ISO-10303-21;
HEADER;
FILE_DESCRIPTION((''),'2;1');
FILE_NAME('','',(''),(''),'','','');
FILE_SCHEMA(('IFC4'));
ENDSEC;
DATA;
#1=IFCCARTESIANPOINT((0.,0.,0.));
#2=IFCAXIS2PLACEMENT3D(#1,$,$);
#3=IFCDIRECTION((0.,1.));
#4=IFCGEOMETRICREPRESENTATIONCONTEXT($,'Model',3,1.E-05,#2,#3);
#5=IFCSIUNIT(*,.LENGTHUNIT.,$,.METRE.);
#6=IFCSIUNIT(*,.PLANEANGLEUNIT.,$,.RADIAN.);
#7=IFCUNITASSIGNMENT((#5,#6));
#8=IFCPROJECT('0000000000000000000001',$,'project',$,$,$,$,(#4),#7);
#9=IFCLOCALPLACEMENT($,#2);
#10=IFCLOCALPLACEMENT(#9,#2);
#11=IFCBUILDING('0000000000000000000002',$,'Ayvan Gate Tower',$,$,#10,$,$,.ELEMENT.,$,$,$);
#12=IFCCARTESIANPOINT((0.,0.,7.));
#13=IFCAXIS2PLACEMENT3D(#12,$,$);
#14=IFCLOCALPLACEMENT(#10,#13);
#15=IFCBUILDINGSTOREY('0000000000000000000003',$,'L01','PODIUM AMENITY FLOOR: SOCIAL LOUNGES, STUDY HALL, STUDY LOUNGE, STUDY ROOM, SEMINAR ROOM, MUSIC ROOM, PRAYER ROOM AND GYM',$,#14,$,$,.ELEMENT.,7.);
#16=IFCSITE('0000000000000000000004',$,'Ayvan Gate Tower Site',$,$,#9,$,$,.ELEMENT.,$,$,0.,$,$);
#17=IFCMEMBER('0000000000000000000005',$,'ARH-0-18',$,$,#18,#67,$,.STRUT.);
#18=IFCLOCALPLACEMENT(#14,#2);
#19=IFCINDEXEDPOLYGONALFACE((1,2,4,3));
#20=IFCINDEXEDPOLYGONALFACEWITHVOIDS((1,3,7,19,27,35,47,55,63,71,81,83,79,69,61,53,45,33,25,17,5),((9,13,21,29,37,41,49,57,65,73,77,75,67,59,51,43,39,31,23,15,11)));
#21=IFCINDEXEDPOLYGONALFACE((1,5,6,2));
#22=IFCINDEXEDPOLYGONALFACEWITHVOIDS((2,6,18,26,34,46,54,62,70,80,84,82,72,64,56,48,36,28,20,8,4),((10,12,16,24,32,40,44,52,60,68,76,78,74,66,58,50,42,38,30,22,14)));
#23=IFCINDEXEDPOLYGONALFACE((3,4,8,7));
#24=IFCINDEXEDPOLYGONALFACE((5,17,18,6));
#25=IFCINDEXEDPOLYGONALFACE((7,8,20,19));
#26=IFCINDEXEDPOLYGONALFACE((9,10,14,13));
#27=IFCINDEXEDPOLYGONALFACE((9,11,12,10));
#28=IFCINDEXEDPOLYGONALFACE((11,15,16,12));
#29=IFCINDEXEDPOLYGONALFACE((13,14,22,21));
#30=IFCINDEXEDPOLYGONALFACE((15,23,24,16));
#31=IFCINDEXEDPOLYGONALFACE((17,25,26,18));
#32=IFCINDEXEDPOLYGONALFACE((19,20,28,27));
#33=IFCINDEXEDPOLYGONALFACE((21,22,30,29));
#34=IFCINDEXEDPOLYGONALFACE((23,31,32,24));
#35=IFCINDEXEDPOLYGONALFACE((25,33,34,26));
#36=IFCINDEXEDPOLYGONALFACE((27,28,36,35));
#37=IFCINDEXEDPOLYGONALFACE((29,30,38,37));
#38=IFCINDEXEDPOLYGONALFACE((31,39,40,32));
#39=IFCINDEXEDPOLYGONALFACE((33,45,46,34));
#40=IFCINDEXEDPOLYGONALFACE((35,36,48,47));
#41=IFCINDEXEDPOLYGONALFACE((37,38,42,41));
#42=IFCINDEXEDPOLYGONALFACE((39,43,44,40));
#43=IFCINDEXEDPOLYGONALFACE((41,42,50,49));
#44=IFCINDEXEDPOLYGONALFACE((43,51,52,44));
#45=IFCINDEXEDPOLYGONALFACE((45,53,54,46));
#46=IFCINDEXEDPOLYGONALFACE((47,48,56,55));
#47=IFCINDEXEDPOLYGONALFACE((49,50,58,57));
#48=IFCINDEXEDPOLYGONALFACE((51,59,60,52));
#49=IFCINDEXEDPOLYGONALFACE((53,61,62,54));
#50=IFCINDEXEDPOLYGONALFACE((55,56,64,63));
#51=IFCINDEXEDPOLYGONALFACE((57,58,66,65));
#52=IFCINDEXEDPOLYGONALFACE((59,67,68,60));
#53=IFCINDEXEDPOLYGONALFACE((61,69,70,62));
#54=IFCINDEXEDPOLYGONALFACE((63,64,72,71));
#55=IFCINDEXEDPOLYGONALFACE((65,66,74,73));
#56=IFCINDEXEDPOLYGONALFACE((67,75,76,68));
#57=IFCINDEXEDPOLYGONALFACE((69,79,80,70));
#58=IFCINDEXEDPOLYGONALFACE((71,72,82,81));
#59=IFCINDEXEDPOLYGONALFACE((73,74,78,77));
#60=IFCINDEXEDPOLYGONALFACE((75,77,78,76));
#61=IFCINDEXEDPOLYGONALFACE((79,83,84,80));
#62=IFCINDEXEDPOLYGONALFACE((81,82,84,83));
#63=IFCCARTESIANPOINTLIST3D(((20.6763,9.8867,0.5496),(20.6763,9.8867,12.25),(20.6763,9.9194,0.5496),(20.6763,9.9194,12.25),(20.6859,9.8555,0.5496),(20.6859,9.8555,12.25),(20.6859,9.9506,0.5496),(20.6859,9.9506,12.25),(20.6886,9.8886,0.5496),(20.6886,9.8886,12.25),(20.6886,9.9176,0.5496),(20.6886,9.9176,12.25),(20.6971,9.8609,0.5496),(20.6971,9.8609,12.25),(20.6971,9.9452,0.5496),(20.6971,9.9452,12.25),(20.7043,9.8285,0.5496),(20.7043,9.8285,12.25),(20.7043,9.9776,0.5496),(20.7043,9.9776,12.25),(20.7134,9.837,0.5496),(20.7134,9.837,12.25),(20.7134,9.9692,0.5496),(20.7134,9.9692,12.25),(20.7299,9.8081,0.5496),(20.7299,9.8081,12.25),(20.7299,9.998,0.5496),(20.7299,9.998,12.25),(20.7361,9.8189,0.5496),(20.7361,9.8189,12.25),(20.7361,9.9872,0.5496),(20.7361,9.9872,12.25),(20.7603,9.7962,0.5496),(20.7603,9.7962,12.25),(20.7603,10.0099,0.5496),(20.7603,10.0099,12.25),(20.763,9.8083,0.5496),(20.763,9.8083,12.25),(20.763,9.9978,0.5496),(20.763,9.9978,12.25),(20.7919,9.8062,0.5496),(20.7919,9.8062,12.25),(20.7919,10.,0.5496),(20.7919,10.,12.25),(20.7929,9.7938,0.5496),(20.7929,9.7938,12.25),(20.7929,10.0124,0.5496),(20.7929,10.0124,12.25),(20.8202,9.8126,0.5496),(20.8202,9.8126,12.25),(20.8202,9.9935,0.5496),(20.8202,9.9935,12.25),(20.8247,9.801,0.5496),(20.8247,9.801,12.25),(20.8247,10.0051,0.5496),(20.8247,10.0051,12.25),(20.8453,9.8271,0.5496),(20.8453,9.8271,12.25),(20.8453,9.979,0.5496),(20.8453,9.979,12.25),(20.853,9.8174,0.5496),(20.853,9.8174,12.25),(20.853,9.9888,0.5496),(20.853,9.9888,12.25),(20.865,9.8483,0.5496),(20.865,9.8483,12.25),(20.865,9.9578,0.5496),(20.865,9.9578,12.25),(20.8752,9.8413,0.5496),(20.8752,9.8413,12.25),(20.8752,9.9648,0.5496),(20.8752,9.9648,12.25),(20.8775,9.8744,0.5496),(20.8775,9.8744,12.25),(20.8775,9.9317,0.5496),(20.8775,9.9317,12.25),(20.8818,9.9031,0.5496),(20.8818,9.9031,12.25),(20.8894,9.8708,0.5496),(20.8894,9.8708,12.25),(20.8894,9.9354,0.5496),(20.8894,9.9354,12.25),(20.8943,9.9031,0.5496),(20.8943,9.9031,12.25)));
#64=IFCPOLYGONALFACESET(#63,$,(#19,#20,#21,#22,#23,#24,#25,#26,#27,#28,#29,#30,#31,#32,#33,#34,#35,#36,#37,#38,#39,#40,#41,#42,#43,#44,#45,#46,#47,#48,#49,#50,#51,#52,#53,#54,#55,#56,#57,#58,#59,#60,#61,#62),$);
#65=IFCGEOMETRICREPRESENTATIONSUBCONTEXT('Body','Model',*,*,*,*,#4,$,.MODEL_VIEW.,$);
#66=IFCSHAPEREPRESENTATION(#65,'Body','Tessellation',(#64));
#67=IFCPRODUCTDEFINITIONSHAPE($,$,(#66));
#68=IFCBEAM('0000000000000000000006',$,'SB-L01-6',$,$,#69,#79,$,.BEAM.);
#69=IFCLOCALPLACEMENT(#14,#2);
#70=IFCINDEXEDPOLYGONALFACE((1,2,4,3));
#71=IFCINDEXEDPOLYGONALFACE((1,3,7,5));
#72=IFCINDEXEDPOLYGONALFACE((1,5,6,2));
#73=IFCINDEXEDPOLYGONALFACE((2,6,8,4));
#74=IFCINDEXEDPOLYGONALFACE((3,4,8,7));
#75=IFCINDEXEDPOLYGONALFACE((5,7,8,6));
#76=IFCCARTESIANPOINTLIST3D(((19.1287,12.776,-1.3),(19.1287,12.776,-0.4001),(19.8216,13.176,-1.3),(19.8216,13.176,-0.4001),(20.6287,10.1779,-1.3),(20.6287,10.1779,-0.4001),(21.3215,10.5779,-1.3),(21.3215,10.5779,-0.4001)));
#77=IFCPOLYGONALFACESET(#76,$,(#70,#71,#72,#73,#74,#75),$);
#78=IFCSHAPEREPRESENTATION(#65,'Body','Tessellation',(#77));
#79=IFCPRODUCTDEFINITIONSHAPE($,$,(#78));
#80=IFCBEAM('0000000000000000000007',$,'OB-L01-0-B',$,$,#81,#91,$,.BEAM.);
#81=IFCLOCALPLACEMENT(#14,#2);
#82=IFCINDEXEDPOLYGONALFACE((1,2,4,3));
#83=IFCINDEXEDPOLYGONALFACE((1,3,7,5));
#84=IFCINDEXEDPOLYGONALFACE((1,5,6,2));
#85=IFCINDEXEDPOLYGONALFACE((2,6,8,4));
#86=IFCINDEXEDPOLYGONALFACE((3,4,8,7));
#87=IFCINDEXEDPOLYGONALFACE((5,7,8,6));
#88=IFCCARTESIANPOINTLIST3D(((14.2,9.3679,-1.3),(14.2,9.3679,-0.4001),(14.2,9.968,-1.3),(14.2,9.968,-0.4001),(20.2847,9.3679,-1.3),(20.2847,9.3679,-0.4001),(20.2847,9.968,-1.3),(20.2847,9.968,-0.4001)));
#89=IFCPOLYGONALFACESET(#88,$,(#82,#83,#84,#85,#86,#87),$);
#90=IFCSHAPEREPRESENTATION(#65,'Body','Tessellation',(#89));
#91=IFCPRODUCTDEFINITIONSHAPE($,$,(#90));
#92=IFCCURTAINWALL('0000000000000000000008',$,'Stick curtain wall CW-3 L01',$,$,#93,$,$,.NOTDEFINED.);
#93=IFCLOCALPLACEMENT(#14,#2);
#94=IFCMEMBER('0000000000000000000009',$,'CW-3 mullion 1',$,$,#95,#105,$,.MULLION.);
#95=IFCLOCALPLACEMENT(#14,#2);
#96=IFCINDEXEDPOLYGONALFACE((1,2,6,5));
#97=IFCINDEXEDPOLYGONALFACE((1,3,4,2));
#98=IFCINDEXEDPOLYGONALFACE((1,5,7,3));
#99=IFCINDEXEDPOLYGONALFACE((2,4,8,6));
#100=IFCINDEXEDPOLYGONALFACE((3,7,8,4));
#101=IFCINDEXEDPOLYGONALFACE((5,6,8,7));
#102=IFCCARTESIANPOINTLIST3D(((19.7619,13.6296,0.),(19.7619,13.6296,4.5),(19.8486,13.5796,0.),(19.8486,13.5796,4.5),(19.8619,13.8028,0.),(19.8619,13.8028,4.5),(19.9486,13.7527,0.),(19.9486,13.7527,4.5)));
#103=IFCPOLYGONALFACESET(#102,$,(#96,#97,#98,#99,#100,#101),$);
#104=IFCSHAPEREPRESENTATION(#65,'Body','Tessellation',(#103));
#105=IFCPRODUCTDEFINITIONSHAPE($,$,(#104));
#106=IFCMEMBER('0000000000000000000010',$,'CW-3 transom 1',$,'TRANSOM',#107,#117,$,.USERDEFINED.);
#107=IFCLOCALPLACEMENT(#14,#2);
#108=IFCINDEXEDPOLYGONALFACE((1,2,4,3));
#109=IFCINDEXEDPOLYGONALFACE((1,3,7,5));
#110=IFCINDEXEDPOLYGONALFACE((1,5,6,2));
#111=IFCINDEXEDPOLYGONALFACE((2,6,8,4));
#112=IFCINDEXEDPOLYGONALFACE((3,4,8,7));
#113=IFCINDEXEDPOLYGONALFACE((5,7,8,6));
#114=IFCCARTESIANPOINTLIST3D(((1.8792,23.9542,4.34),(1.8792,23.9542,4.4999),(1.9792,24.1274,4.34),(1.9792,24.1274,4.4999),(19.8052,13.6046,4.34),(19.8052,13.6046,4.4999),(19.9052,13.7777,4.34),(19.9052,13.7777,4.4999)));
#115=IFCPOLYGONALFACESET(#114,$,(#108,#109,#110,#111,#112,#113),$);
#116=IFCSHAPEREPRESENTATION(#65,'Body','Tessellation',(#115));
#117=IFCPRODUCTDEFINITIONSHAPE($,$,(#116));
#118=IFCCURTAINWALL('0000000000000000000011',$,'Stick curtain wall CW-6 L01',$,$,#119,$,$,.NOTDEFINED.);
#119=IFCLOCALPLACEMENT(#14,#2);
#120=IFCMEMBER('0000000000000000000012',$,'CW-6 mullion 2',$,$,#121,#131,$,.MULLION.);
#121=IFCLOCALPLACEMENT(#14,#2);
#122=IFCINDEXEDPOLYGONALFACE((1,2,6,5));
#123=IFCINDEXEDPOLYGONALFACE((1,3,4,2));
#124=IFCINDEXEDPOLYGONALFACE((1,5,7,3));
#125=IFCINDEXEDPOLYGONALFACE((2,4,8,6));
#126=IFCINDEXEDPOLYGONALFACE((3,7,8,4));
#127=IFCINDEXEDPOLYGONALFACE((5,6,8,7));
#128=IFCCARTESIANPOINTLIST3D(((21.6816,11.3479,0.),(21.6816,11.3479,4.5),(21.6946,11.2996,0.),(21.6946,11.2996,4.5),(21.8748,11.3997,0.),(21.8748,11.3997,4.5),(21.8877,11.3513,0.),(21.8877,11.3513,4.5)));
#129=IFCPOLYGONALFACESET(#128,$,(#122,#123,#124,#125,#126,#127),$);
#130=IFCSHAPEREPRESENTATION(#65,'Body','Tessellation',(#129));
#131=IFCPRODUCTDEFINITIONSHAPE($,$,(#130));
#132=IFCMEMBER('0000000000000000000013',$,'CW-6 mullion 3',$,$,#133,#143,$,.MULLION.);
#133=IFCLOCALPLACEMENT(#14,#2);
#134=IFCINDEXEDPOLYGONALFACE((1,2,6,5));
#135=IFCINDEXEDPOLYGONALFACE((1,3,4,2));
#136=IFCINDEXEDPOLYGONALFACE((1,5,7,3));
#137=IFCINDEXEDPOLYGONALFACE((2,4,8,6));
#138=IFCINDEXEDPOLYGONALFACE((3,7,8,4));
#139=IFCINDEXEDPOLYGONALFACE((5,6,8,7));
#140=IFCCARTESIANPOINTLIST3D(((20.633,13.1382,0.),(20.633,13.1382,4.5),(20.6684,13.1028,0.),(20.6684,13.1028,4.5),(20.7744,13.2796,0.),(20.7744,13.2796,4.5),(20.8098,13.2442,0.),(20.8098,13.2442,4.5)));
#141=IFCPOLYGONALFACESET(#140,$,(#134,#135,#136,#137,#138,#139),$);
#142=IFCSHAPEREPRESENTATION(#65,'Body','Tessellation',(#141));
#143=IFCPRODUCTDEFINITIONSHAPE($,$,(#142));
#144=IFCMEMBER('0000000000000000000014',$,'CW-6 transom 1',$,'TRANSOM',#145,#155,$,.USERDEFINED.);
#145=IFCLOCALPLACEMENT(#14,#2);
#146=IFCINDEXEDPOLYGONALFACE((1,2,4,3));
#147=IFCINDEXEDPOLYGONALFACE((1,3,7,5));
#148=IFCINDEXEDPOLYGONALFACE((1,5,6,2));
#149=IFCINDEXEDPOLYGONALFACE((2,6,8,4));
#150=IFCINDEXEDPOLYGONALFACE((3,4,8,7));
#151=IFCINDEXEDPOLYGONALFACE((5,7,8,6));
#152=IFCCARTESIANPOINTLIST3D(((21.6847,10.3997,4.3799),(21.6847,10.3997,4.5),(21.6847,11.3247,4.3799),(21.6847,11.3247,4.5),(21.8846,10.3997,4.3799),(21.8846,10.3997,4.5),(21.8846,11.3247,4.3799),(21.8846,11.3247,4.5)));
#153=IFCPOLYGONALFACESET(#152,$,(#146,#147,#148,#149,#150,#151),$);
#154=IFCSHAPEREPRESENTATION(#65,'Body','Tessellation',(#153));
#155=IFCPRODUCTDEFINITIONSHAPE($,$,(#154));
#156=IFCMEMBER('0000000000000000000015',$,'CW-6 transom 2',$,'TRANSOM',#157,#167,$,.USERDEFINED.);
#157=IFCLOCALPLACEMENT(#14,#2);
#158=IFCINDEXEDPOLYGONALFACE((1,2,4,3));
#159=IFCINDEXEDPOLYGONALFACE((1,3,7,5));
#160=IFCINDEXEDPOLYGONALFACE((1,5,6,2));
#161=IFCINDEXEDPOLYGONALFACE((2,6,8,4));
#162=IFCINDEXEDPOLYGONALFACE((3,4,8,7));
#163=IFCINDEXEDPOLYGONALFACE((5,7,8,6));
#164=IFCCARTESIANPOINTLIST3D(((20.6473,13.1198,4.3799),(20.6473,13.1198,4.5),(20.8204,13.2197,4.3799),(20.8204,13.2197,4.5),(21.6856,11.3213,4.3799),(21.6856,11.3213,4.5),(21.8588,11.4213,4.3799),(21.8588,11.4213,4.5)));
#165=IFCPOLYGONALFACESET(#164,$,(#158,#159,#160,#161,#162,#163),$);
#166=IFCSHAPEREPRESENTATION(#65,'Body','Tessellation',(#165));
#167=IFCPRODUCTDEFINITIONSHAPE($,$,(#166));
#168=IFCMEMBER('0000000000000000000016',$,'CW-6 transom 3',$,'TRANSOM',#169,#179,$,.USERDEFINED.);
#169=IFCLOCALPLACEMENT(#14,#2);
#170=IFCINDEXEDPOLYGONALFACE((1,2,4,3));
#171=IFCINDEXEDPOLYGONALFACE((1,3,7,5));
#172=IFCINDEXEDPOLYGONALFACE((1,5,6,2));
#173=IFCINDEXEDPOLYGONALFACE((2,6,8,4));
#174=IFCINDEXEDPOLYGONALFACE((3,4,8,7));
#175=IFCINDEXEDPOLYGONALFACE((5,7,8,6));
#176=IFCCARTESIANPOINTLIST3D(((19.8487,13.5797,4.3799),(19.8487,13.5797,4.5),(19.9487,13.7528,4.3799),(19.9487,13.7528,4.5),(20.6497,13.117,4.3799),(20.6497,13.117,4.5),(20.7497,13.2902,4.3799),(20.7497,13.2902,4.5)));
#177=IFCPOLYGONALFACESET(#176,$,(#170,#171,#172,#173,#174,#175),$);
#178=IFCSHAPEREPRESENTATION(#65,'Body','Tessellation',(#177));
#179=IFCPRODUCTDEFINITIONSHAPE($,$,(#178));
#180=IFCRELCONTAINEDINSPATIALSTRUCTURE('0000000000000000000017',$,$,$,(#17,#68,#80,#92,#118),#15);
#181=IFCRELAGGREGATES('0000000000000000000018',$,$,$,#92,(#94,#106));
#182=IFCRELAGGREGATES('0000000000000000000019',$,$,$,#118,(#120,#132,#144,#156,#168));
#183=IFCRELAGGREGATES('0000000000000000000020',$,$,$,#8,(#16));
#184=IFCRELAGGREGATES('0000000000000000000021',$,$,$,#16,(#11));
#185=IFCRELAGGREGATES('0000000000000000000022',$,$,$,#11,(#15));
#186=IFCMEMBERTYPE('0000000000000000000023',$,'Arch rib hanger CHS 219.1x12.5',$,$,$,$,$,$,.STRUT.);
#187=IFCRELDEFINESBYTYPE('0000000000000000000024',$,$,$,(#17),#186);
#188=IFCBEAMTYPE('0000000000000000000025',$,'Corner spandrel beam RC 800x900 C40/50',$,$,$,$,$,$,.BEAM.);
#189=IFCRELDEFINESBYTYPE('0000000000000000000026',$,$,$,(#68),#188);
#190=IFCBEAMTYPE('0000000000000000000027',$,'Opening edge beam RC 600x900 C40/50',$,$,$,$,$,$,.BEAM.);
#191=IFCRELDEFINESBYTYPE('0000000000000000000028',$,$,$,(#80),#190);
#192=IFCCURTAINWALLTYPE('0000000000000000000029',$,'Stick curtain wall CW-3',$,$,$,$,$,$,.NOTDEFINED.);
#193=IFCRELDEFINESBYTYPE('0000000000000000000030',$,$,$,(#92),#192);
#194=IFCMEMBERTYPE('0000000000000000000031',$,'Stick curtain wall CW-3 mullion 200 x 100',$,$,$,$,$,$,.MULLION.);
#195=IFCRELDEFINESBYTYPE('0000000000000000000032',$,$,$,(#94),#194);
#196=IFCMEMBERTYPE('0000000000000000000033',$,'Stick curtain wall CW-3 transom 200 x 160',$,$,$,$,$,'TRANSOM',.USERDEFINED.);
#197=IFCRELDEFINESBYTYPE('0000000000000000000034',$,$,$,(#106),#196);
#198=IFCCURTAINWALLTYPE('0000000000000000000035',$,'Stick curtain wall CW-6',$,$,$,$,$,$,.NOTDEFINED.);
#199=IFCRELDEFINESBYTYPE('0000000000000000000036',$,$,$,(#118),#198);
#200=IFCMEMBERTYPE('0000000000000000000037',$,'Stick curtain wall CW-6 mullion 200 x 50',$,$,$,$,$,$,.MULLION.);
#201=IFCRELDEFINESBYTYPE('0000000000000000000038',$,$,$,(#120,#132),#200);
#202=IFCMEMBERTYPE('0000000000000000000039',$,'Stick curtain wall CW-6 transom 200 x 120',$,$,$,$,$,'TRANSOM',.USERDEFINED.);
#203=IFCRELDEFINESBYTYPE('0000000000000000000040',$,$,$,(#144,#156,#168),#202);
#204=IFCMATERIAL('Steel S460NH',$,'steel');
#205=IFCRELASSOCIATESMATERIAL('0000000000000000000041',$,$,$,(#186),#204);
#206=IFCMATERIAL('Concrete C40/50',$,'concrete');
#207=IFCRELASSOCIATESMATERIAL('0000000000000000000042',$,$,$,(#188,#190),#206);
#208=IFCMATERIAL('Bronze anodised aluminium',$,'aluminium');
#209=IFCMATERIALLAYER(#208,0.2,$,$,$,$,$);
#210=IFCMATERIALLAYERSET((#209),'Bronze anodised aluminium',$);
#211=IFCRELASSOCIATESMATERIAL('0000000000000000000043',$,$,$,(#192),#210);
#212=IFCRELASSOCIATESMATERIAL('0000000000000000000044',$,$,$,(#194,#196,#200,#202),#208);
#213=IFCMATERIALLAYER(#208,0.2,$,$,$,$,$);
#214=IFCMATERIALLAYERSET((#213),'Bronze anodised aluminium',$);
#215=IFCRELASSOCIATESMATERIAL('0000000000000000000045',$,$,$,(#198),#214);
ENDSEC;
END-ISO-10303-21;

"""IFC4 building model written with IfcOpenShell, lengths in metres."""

from ifc_helpers import new_model, si_unit, direction, frame, origin, origin_2d, place, context, subcontext, project, spatial, rectangle, hollow_circle, extrude, material, layer, layer_set, material_profile, profile_set, type_object, element, aggregate, save


model = new_model("IFC4")

# Units and contexts
model_context = context("Model", 3, precision=1e-05, world=origin(), true_north=direction((0.0, 1.0)))
body_context = subcontext(model_context, "Body", "Model", "MODEL_VIEW")
ifc_project = project(units=[si_unit("LENGTHUNIT", "METRE"), si_unit("PLANEANGLEUNIT", "RADIAN")], contexts=[model_context])

# Site, building, storey
site_placement = place(None, origin())
site = spatial("IfcSite", under=ifc_project, at=site_placement, Name="Ayvan Gate Tower Site", CompositionType="ELEMENT", RefElevation=0.0)
building_placement = place(site_placement, origin())
building = spatial("IfcBuilding", under=site, at=building_placement, Name="Ayvan Gate Tower", CompositionType="ELEMENT")
storey_placement = place(building_placement, frame((0.0, 0.0, 7.0)))
storey = spatial("IfcBuildingStorey", under=building, at=storey_placement, Name="L01", Description="PODIUM AMENITY FLOOR: SOCIAL LOUNGES, STUDY HALL, STUDY LOUNGE, STUDY ROOM, SEMINAR ROOM, MUSIC ROOM, PRAYER ROOM AND GYM", CompositionType="ELEMENT", Elevation=7.0)

# Member
ifc_material_1 = material(Name="Steel S460NH", Category="steel")
ifc_material_profile_1 = material_profile(ifc_material_1, hollow_circle(Radius=0.1096, WallThickness=0.0125, at=origin_2d()), Name="CHS 219.1x12.5")
ifc_profile_set_1 = profile_set([ifc_material_profile_1], Name="Steel S460NH")
member_type_1 = type_object("IfcMemberType", Name="Arch rib hanger CHS 219.1x12.5", PredefinedType="STRUT", material=ifc_profile_set_1)
member_1_placement = place(storey_placement, frame((20.7847, 9.9031, 0.5496), z_axis=(0.0, 0.0, 1.0), x_axis=(1.0, 0.0, 0.0)))
element("IfcMember", 1, at=member_1_placement, inside=storey, type_object=member_type_1, Name="ARH-0-18", PredefinedType="STRUT", context=body_context, shape_type="SweptSolid", body=[
    extrude(hollow_circle(Radius=0.1096, WallThickness=0.0125, at=origin_2d()), origin(), (0.0, 0.0, 1.0), 11.7004),
])

# Beams
ifc_material_2 = material(Name="Concrete C40/50", Category="concrete")
ifc_material_profile_2 = material_profile(ifc_material_2, rectangle(XDim=0.8, YDim=0.8999, at=origin_2d()), Name="RC 800x900")
ifc_profile_set_2 = profile_set([ifc_material_profile_2], Name="Concrete C40/50")
beam_type_1 = type_object("IfcBeamType", Name="Corner spandrel beam RC 800x900 C40/50", PredefinedType="BEAM", material=ifc_profile_set_2)
beam_1_placement = place(storey_placement, frame((20.9751, 10.3779, -0.8501), z_axis=(-0.49999, 0.866031, 0.0), x_axis=(-0.866031, -0.49999, 0.0)))
element("IfcBeam", 2, at=beam_1_placement, inside=storey, type_object=beam_type_1, Name="SB-L01-6", PredefinedType="BEAM", context=body_context, shape_type="SweptSolid", body=[
    extrude(rectangle(XDim=0.8, YDim=0.8999, at=origin_2d()), origin(), (0.0, 0.0, 1.0), 3.0),
])
ifc_material_profile_3 = material_profile(ifc_material_2, rectangle(XDim=0.6001, YDim=0.8999, at=origin_2d()), Name="RC 600x900")
ifc_profile_set_3 = profile_set([ifc_material_profile_3], Name="Concrete C40/50")
beam_type_2 = type_object("IfcBeamType", Name="Opening edge beam RC 600x900 C40/50", PredefinedType="BEAM", material=ifc_profile_set_3)
beam_2_placement = place(storey_placement, frame((20.2847, 9.668, -0.8501), z_axis=(-1.0, 0.0, 0.0), x_axis=(0.0, -1.0, 0.0)))
element("IfcBeam", 3, at=beam_2_placement, inside=storey, type_object=beam_type_2, Name="OB-L01-0-B", PredefinedType="BEAM", context=body_context, shape_type="SweptSolid", body=[
    extrude(rectangle(XDim=0.6001, YDim=0.8999, at=origin_2d()), origin(), (0.0, 0.0, 1.0), 6.0847),
])

# Curtain wall, members
ifc_material_3 = material(Name="Bronze anodised aluminium", Category="aluminium")
ifc_layer_1 = layer(ifc_material_3, 0.2)
ifc_layer_set_1 = layer_set([ifc_layer_1], Name="Bronze anodised aluminium")
curtain_wall_type_1 = type_object("IfcCurtainWallType", Name="Stick curtain wall CW-3", PredefinedType="NOTDEFINED", material=ifc_layer_set_1)
curtain_wall_1_placement = place(storey_placement, origin())
curtain_wall_1 = element("IfcCurtainWall", 4, at=curtain_wall_1_placement, inside=storey, type_object=curtain_wall_type_1, Name="Stick curtain wall CW-3 L01", PredefinedType="NOTDEFINED")
ifc_material_profile_4 = material_profile(ifc_material_3, rectangle(XDim=0.2, YDim=0.1001, at=origin_2d()), Name="Stick curtain wall CW-3 mullion 200 x 100")
ifc_profile_set_4 = profile_set([ifc_material_profile_4], Name="Bronze anodised aluminium")
member_type_2 = type_object("IfcMemberType", Name="Stick curtain wall CW-3 mullion 200 x 100", PredefinedType="MULLION", material=ifc_profile_set_4)
member_2_placement = place(storey_placement, frame((19.8552, 13.6912, 0.0), z_axis=(0.0, 0.0, 1.0), x_axis=(0.5, 0.866025, 0.0)))
member_2 = element("IfcMember", 5, at=member_2_placement, type_object=member_type_2, Name="CW-3 mullion 1", PredefinedType="MULLION", context=body_context, shape_type="SweptSolid", body=[
    extrude(rectangle(XDim=0.2, YDim=0.1001, at=origin_2d()), origin(), (0.0, 0.0, 1.0), 4.5),
])
ifc_material_profile_5 = material_profile(ifc_material_3, rectangle(XDim=0.2, YDim=0.1599, at=origin_2d()), Name="Stick curtain wall CW-3 transom 200 x 160")
ifc_profile_set_5 = profile_set([ifc_material_profile_5], Name="Bronze anodised aluminium")
member_type_3 = type_object("IfcMemberType", Name="Stick curtain wall CW-3 transom 200 x 160", ElementType="TRANSOM", PredefinedType="USERDEFINED", material=ifc_profile_set_5)
member_3_placement = place(storey_placement, frame((19.8552, 13.6912, 4.4199), z_axis=(-0.866025, 0.5, 0.0), x_axis=(-0.5, -0.866025, 0.0)))
member_3 = element("IfcMember", 6, at=member_3_placement, type_object=member_type_3, Name="CW-3 transom 1", ObjectType="TRANSOM", PredefinedType="USERDEFINED", context=body_context, shape_type="SweptSolid", body=[
    extrude(rectangle(XDim=0.2, YDim=0.1599, at=origin_2d()), origin(), (0.0, 0.0, 1.0), 20.6992),
])
aggregate(curtain_wall_1, [member_2, member_3])

# Curtain wall, members
ifc_layer_2 = layer(ifc_material_3, 0.2)
ifc_layer_set_2 = layer_set([ifc_layer_2], Name="Bronze anodised aluminium")
curtain_wall_type_2 = type_object("IfcCurtainWallType", Name="Stick curtain wall CW-6", PredefinedType="NOTDEFINED", material=ifc_layer_set_2)
curtain_wall_2_placement = place(storey_placement, origin())
curtain_wall_2 = element("IfcCurtainWall", 7, at=curtain_wall_2_placement, inside=storey, type_object=curtain_wall_type_2, Name="Stick curtain wall CW-6 L01", PredefinedType="NOTDEFINED")
ifc_material_profile_6 = material_profile(ifc_material_3, rectangle(XDim=0.2, YDim=0.05, at=origin_2d()), Name="Stick curtain wall CW-6 mullion 200 x 50")
ifc_profile_set_6 = profile_set([ifc_material_profile_6], Name="Bronze anodised aluminium")
member_type_4 = type_object("IfcMemberType", Name="Stick curtain wall CW-6 mullion 200 x 50", PredefinedType="MULLION", material=ifc_profile_set_6)
member_4_placement = place(storey_placement, frame((21.7847, 11.3496, 0.0), z_axis=(0.0, 0.0, 1.0), x_axis=(0.965926, 0.258819, 0.0)))
member_4 = element("IfcMember", 8, at=member_4_placement, type_object=member_type_4, Name="CW-6 mullion 2", PredefinedType="MULLION", context=body_context, shape_type="SweptSolid", body=[
    extrude(rectangle(XDim=0.2, YDim=0.05, at=origin_2d()), origin(), (0.0, 0.0, 1.0), 4.5),
])
member_5_placement = place(storey_placement, frame((20.7214, 13.1912, 0.0), z_axis=(0.0, 0.0, 1.0), x_axis=(0.707107, 0.707107, 0.0)))
member_5 = element("IfcMember", 9, at=member_5_placement, type_object=member_type_4, Name="CW-6 mullion 3", PredefinedType="MULLION", context=body_context, shape_type="SweptSolid", body=[
    extrude(rectangle(XDim=0.2, YDim=0.05, at=origin_2d()), origin(), (0.0, 0.0, 1.0), 4.5),
])
ifc_material_profile_7 = material_profile(ifc_material_3, rectangle(XDim=0.2, YDim=0.1201, at=origin_2d()), Name="Stick curtain wall CW-6 transom 200 x 120")
ifc_profile_set_7 = profile_set([ifc_material_profile_7], Name="Bronze anodised aluminium")
member_type_5 = type_object("IfcMemberType", Name="Stick curtain wall CW-6 transom 200 x 120", ElementType="TRANSOM", PredefinedType="USERDEFINED", material=ifc_profile_set_7)
member_6_placement = place(storey_placement, frame((21.7847, 10.3997, 4.4399), z_axis=(0.0, 1.0, 0.0), x_axis=(-1.0, 0.0, 0.0)))
member_6 = element("IfcMember", 10, at=member_6_placement, type_object=member_type_5, Name="CW-6 transom 1", ObjectType="TRANSOM", PredefinedType="USERDEFINED", context=body_context, shape_type="SweptSolid", body=[
    extrude(rectangle(XDim=0.2, YDim=0.1201, at=origin_2d()), origin(), (0.0, 0.0, 1.0), 0.925),
])
member_7_placement = place(storey_placement, frame((21.7722, 11.3713, 4.4399), z_axis=(-0.500021, 0.866013, 0.0), x_axis=(-0.866013, -0.500021, 0.0)))
member_7 = element("IfcMember", 11, at=member_7_placement, type_object=member_type_5, Name="CW-6 transom 2", ObjectType="TRANSOM", PredefinedType="USERDEFINED", context=body_context, shape_type="SweptSolid", body=[
    extrude(rectangle(XDim=0.2, YDim=0.1201, at=origin_2d()), origin(), (0.0, 0.0, 1.0), 2.0767),
])
member_8_placement = place(storey_placement, frame((20.6997, 13.2036, 4.4399), z_axis=(-0.865944, 0.500141, 0.0), x_axis=(-0.500141, -0.865944, 0.0)))
member_8 = element("IfcMember", 12, at=member_8_placement, type_object=member_type_5, Name="CW-6 transom 3", ObjectType="TRANSOM", PredefinedType="USERDEFINED", context=body_context, shape_type="SweptSolid", body=[
    extrude(rectangle(XDim=0.2, YDim=0.1201, at=origin_2d()), origin(), (0.0, 0.0, 1.0), 0.925),
])
aggregate(curtain_wall_2, [member_4, member_5, member_6, member_7, member_8])

save(model, "model.ifc")
